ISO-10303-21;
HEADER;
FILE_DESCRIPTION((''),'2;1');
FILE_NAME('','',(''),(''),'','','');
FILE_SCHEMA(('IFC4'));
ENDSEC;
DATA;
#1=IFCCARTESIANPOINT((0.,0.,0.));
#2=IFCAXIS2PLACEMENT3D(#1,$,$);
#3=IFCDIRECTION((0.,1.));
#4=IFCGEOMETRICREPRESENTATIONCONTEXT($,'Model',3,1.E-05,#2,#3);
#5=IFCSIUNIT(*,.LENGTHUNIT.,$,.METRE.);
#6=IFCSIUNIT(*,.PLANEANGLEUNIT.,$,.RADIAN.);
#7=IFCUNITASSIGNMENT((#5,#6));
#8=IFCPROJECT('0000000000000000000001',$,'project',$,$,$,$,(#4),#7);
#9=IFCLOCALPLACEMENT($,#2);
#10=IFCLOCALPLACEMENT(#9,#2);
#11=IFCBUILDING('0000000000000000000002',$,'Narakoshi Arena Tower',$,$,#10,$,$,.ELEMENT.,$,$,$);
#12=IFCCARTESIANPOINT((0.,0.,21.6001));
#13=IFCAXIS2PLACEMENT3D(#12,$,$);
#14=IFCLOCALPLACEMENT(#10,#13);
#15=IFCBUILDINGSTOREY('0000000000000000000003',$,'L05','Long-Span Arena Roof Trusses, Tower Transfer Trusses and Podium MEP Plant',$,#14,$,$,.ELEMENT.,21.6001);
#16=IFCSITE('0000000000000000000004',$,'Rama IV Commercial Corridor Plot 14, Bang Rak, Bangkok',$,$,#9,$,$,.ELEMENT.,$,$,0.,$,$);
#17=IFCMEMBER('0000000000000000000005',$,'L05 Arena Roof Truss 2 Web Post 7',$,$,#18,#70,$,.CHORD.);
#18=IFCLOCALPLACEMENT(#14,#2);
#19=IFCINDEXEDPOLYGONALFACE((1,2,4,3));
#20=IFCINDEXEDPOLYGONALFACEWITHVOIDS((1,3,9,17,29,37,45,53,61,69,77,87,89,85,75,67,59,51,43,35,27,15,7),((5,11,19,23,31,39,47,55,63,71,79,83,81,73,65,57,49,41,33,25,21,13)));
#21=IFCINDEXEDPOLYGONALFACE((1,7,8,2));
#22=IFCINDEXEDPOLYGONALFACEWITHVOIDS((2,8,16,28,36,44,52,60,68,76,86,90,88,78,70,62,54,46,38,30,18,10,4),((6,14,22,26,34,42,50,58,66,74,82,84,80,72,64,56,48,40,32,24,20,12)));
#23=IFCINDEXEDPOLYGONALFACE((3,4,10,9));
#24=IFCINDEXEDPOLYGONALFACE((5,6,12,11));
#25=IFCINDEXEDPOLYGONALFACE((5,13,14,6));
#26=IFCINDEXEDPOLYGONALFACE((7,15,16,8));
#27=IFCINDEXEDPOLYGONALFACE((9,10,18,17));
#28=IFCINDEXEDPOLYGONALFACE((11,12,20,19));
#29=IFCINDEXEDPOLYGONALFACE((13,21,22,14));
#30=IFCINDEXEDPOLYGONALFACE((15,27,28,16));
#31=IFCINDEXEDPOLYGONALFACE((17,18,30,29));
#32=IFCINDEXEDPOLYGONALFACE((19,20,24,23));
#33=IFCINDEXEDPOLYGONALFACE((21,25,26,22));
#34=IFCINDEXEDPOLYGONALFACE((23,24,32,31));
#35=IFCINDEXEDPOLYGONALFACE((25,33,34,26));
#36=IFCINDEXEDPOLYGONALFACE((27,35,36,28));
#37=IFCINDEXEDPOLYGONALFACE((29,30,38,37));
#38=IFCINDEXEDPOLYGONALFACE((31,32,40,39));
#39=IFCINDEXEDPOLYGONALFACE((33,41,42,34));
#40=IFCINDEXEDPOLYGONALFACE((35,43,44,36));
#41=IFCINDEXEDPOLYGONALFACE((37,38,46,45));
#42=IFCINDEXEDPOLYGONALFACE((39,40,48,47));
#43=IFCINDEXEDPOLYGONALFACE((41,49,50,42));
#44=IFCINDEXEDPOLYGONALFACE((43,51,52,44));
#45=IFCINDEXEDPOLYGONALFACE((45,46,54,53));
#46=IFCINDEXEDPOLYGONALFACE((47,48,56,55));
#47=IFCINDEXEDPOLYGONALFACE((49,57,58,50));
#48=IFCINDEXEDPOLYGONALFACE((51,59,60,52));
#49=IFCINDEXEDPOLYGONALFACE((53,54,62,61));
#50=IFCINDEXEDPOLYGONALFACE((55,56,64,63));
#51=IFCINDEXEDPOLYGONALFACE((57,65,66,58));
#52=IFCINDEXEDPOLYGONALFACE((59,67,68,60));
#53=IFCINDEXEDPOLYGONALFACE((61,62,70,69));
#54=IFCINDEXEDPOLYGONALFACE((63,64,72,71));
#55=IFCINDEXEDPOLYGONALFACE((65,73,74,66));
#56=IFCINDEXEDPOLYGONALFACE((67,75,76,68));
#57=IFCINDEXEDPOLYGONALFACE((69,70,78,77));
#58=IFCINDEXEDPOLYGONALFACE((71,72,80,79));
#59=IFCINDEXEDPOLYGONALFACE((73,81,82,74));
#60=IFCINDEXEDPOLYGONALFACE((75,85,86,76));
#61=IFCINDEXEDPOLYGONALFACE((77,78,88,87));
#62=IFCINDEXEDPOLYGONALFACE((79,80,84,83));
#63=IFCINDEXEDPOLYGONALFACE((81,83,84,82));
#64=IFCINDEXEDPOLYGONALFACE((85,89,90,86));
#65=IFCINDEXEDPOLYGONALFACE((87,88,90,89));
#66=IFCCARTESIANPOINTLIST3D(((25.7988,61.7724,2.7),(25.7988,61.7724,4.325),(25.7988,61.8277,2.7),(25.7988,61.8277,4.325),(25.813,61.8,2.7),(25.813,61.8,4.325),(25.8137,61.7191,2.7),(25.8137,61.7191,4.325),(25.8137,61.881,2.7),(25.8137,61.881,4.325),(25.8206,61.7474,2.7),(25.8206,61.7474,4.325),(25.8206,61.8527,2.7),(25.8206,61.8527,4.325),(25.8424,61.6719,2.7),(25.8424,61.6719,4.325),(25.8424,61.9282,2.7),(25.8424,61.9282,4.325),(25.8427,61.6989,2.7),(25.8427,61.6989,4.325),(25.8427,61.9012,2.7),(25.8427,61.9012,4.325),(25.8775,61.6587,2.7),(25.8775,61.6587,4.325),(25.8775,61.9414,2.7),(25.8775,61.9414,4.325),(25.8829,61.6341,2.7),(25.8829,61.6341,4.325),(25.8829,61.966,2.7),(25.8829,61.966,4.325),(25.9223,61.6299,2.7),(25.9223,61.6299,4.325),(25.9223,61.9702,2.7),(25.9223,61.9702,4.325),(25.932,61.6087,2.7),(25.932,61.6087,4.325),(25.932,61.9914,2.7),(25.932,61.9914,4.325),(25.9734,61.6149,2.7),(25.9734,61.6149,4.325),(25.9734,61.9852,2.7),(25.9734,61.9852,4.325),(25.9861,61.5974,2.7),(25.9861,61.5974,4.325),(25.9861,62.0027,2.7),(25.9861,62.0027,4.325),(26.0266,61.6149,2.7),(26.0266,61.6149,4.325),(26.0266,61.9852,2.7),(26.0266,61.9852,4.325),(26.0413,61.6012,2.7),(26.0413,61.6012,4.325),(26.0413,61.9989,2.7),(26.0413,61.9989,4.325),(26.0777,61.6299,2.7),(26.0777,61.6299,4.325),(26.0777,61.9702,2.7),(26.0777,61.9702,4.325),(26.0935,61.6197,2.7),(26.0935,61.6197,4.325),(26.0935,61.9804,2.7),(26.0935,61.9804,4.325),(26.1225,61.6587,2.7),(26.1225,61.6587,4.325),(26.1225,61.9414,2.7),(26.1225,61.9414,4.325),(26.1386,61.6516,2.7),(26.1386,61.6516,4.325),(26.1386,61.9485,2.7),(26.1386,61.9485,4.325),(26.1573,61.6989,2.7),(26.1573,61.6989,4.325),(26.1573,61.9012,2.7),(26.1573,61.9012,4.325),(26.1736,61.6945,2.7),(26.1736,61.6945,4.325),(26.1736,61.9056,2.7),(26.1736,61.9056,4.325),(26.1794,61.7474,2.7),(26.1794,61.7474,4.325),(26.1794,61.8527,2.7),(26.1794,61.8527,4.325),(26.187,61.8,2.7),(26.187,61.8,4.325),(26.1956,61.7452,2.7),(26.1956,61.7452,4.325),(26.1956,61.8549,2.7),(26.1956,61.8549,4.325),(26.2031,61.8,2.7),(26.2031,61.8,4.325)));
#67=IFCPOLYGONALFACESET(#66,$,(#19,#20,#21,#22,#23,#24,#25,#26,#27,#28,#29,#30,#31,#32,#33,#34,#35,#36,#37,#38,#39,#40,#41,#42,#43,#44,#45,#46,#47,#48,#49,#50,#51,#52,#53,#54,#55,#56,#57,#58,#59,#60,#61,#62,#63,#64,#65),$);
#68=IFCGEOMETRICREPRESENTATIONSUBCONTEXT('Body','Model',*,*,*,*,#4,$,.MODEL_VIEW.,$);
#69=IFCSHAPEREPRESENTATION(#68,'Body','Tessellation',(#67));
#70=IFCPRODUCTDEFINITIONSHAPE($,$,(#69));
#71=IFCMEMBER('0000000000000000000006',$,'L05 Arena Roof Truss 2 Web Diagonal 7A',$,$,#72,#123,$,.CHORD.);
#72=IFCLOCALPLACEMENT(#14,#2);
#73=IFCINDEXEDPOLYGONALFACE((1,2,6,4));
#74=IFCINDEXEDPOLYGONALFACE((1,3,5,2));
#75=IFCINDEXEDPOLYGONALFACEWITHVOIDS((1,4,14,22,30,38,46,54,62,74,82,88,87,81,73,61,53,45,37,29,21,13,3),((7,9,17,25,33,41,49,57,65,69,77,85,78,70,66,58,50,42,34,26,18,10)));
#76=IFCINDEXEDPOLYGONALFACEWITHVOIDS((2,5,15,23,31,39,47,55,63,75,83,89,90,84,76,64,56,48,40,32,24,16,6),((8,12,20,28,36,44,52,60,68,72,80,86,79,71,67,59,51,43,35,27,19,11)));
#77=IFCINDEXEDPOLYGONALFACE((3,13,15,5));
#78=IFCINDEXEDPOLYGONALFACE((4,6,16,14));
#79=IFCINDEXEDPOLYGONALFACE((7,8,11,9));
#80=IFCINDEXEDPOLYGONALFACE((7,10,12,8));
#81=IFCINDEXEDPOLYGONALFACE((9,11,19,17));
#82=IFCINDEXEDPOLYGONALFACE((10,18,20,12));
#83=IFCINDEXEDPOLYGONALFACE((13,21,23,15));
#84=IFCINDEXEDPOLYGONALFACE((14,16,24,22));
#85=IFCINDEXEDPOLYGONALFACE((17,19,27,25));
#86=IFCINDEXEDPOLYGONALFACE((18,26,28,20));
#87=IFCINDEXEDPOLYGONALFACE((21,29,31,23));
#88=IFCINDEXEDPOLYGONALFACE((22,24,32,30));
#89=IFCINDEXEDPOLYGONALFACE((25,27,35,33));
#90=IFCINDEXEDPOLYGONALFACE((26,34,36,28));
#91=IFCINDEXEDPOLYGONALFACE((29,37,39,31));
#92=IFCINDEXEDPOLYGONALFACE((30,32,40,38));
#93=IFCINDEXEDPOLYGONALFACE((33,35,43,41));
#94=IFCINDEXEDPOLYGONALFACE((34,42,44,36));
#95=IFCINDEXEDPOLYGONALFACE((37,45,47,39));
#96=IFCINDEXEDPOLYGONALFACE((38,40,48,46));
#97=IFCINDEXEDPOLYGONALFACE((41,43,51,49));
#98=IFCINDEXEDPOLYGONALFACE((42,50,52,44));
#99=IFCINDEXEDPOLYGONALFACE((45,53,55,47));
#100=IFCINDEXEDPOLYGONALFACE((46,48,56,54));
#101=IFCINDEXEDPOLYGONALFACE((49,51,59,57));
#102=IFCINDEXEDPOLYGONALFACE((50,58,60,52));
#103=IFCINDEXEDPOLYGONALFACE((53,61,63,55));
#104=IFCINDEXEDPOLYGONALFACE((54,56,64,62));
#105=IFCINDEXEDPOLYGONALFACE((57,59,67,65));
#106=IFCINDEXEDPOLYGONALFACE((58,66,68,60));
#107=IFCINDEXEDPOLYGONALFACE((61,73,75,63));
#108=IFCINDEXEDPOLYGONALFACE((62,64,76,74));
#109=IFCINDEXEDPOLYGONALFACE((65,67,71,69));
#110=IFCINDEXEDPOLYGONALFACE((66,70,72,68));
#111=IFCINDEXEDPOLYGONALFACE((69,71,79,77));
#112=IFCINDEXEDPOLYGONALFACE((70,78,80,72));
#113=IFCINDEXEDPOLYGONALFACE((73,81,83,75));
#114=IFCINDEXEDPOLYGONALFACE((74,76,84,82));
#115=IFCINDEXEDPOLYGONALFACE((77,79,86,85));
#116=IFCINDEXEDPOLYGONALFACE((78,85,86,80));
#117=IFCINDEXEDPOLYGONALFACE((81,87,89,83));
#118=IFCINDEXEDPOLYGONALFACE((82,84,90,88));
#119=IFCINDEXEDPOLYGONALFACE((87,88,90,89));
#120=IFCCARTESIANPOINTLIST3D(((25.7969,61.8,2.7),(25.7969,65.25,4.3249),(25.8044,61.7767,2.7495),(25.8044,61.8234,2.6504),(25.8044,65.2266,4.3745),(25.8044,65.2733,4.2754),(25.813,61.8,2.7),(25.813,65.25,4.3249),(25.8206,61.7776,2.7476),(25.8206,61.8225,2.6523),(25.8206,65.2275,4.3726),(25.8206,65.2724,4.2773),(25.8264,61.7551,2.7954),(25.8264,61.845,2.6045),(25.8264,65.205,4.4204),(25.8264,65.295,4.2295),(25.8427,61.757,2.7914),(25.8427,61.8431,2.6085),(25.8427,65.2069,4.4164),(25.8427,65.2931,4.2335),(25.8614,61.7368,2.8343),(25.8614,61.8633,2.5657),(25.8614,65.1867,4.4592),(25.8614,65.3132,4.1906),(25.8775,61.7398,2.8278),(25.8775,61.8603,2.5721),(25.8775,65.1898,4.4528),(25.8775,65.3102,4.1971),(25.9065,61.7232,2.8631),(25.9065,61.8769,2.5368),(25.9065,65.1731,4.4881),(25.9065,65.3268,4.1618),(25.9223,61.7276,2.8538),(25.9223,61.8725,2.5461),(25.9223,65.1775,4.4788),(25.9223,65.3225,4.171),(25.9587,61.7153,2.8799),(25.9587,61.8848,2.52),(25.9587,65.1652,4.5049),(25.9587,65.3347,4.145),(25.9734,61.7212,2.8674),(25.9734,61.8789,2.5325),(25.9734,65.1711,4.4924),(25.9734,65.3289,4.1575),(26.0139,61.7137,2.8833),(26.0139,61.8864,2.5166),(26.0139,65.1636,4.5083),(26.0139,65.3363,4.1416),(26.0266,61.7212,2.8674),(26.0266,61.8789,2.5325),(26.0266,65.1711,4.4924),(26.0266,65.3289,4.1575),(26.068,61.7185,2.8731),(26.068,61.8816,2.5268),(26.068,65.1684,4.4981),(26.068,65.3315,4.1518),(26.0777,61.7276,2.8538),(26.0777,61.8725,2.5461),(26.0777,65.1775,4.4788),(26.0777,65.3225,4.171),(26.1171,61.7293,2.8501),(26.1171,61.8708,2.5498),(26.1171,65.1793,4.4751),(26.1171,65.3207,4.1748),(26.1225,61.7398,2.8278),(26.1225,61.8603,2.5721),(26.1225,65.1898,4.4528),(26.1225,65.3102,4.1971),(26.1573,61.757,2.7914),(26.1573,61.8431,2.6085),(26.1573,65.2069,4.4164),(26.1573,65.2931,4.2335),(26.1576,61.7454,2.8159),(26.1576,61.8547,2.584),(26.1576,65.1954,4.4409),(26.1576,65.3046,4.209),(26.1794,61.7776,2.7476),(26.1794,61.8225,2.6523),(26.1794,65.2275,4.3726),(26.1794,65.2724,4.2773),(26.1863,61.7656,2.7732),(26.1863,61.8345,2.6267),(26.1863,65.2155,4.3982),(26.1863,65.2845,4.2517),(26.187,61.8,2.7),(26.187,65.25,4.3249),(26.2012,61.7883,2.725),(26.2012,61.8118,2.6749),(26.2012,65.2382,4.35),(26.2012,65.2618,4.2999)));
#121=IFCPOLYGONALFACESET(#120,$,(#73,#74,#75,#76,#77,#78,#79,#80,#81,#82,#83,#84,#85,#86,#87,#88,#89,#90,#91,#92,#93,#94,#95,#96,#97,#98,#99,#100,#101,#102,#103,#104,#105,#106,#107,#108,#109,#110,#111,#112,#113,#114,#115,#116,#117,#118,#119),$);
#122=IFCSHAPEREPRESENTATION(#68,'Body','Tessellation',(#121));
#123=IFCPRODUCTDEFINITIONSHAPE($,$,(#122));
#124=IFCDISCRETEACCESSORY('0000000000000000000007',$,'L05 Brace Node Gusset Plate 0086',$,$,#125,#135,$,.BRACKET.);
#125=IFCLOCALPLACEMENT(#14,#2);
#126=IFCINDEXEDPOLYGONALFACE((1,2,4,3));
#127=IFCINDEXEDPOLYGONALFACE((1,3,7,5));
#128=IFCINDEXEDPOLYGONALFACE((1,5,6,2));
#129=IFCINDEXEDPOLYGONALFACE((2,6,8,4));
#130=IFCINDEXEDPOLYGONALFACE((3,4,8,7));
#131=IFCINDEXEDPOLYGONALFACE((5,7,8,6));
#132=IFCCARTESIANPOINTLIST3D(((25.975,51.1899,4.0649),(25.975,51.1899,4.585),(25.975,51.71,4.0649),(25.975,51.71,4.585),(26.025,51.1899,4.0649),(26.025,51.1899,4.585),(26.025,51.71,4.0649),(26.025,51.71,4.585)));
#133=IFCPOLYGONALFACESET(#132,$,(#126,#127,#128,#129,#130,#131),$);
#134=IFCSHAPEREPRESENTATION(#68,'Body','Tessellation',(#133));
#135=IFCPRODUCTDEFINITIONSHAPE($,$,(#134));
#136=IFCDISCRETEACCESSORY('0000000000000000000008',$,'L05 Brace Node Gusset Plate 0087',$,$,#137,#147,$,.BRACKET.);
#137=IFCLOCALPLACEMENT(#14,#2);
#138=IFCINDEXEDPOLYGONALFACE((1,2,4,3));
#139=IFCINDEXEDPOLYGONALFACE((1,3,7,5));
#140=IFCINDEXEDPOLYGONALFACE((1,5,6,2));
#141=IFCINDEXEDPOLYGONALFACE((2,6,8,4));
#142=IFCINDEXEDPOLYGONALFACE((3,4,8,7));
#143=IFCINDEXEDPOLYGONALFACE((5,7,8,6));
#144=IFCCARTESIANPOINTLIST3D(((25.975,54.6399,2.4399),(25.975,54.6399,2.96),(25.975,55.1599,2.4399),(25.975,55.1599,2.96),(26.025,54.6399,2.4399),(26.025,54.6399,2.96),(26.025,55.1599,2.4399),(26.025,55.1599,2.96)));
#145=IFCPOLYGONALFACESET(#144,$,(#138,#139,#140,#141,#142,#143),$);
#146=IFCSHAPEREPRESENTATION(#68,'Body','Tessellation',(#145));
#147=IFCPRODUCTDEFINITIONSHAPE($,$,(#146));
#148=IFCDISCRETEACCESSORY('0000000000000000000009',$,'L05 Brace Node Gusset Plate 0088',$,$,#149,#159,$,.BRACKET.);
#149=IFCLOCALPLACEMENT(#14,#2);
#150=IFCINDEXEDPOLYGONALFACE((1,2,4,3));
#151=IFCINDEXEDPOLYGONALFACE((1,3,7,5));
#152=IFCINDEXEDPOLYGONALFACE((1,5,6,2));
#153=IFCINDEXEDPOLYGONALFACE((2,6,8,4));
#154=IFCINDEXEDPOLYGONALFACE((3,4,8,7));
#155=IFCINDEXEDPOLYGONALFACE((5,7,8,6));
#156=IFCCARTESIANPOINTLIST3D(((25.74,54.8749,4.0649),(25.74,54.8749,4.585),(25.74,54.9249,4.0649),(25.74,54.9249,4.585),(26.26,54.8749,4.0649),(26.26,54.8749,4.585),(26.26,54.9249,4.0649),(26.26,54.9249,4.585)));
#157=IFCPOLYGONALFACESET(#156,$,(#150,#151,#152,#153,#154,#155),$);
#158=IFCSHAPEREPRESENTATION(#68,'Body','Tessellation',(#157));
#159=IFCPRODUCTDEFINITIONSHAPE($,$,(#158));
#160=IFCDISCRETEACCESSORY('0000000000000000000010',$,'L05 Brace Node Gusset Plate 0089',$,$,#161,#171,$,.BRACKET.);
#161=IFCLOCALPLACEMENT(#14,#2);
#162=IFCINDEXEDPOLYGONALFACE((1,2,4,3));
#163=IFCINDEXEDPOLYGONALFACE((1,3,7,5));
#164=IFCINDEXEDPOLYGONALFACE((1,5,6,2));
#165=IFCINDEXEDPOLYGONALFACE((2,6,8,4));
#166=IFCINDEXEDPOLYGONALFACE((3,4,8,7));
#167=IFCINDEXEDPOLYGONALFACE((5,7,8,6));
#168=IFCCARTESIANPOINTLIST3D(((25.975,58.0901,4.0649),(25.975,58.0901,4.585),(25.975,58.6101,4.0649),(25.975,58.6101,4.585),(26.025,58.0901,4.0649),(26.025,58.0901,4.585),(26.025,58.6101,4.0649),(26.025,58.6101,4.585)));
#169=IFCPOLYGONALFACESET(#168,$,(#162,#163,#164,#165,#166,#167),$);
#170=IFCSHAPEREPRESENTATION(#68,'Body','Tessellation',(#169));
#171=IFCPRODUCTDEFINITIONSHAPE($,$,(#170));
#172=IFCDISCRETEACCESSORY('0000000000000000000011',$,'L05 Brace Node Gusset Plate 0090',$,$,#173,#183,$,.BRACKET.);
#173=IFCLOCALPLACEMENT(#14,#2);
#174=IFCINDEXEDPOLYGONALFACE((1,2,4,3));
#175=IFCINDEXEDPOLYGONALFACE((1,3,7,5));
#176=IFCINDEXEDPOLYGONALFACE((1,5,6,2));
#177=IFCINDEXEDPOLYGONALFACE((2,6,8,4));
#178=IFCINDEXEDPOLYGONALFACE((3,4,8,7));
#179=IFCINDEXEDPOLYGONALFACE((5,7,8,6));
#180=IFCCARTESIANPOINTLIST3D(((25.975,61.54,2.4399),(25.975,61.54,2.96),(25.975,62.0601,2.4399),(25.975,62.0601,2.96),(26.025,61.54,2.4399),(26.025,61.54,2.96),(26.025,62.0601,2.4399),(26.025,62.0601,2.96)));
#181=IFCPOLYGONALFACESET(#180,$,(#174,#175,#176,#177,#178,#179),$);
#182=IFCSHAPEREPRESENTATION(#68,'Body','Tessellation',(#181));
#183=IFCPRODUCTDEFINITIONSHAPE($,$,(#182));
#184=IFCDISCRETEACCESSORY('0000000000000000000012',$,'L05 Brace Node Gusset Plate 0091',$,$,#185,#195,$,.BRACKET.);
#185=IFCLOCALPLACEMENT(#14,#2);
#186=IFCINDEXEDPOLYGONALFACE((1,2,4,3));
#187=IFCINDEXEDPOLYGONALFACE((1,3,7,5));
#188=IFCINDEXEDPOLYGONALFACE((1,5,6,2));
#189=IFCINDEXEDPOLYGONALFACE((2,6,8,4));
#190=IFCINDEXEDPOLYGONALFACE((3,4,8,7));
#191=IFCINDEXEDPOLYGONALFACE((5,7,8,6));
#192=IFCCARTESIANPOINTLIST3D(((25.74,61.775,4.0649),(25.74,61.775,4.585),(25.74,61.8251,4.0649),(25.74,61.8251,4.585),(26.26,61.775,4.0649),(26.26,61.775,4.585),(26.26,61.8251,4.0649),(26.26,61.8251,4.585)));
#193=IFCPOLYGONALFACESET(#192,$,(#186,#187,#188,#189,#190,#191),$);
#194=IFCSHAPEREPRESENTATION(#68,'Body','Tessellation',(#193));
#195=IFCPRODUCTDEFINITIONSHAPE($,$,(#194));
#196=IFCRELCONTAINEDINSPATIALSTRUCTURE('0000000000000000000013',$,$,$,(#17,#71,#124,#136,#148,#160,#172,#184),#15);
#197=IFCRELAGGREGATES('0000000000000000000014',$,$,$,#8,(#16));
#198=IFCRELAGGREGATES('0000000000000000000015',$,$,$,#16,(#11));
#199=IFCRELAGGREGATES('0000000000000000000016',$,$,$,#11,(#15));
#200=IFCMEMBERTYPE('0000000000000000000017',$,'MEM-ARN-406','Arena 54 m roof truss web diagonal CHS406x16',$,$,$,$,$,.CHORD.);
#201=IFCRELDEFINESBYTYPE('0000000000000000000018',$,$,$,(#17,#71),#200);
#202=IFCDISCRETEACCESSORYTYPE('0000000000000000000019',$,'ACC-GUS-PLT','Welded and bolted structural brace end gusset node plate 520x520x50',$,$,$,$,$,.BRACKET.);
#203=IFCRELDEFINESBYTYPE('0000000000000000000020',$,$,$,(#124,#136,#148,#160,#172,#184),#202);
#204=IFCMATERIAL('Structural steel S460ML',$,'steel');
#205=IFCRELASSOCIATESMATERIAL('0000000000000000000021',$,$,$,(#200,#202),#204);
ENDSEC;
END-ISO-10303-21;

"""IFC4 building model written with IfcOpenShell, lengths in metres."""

from ifc_helpers import new_model, si_unit, direction, frame, origin, origin_2d, place, context, subcontext, project, spatial, rectangle, hollow_circle, extrude, material, material_profile, profile_set, type_object, element, save


model = new_model("IFC4")

# Units and contexts
model_context = context("Model", 3, precision=1e-05, world=origin(), true_north=direction((0.0, 1.0)))
body_context = subcontext(model_context, "Body", "Model", "MODEL_VIEW")
ifc_project = project(units=[si_unit("LENGTHUNIT", "METRE"), si_unit("PLANEANGLEUNIT", "RADIAN")], contexts=[model_context])

# Site, building, storey
site_placement = place(None, origin())
site = spatial("IfcSite", under=ifc_project, at=site_placement, Name="Rama IV Commercial Corridor Plot 14, Bang Rak, Bangkok", CompositionType="ELEMENT", RefElevation=0.0)
building_placement = place(site_placement, origin())
building = spatial("IfcBuilding", under=site, at=building_placement, Name="Narakoshi Arena Tower", CompositionType="ELEMENT")
storey_placement = place(building_placement, frame((0.0, 0.0, 21.6001)))
storey = spatial("IfcBuildingStorey", under=building, at=storey_placement, Name="L05", Description="Long-Span Arena Roof Trusses, Tower Transfer Trusses and Podium MEP Plant", CompositionType="ELEMENT", Elevation=21.6001)

# Members
ifc_material_1 = material(Name="Structural steel S460ML", Category="steel")
ifc_material_profile_1 = material_profile(ifc_material_1, hollow_circle(Radius=0.2031, WallThickness=0.0161, at=origin_2d()), Name="CHS406x16")
ifc_profile_set_1 = profile_set([ifc_material_profile_1], Name="Structural steel S460ML")
member_type = type_object("IfcMemberType", Name="MEM-ARN-406", Description="Arena 54 m roof truss web diagonal CHS406x16", PredefinedType="CHORD", material=ifc_profile_set_1)
member_1_placement = place(storey_placement, frame((26.0, 61.8, 2.7), z_axis=(0.0, 0.0, 1.0), x_axis=(1.0, 0.0, 0.0)))
element("IfcMember", 1, at=member_1_placement, inside=storey, type_object=member_type, Name="L05 Arena Roof Truss 2 Web Post 7", PredefinedType="CHORD", context=body_context, shape_type="SweptSolid", body=[
    extrude(hollow_circle(Radius=0.2031, WallThickness=0.0161, at=origin_2d()), origin(), (0.0, 0.0, 1.0), 1.625),
])
member_2_placement = place(storey_placement, frame((26.0, 61.8, 2.7), z_axis=(0.0, 0.904668, 0.426118), x_axis=(-1.0, 0.0, 0.0)))
element("IfcMember", 2, at=member_2_placement, inside=storey, type_object=member_type, Name="L05 Arena Roof Truss 2 Web Diagonal 7A", PredefinedType="CHORD", context=body_context, shape_type="SweptSolid", body=[
    extrude(hollow_circle(Radius=0.2031, WallThickness=0.0161, at=origin_2d()), origin(), (0.0, 0.0, 1.0), 3.8135),
])

# Discrete accessories
discrete_accessory_type = type_object("IfcDiscreteAccessoryType", Name="ACC-GUS-PLT", Description="Welded and bolted structural brace end gusset node plate 520x520x50", PredefinedType="BRACKET", material=ifc_material_1)
for number, where, z_axis, x_axis, name in (
    (3, (26.0, 51.45, 4.0649), (0.0, 0.0, 1.0), (0.0, 1.0, 0.0), "L05 Brace Node Gusset Plate 0086"),
    (4, (26.0, 54.8999, 2.4399), (0.0, 0.0, 1.0), (0.0, 1.0, 0.0), "L05 Brace Node Gusset Plate 0087"),
    (5, (26.0, 54.8999, 4.0649), (0.0, 0.0, 1.0), (1.0, 0.0, 0.0), "L05 Brace Node Gusset Plate 0088"),
    (6, (26.0, 58.3501, 4.0649), (0.0, 0.0, 1.0), (0.0, 1.0, 0.0), "L05 Brace Node Gusset Plate 0089"),
    (7, (26.0, 61.8, 2.4399), (0.0, 0.0, 1.0), (0.0, 1.0, 0.0), "L05 Brace Node Gusset Plate 0090"),
    (8, (26.0, 61.8, 4.0649), (0.0, 0.0, 1.0), (1.0, 0.0, 0.0), "L05 Brace Node Gusset Plate 0091"),
):
    element("IfcDiscreteAccessory", number, at=place(storey_placement, frame(where, z_axis=z_axis, x_axis=x_axis)), inside=storey, type_object=discrete_accessory_type, Name=name, PredefinedType="BRACKET", context=body_context, shape_type="SweptSolid", body=[
        extrude(rectangle(XDim=0.52, YDim=0.05, at=origin_2d()), origin(), (0.0, 0.0, 1.0), 0.52),
    ])

save(model, "model.ifc")
